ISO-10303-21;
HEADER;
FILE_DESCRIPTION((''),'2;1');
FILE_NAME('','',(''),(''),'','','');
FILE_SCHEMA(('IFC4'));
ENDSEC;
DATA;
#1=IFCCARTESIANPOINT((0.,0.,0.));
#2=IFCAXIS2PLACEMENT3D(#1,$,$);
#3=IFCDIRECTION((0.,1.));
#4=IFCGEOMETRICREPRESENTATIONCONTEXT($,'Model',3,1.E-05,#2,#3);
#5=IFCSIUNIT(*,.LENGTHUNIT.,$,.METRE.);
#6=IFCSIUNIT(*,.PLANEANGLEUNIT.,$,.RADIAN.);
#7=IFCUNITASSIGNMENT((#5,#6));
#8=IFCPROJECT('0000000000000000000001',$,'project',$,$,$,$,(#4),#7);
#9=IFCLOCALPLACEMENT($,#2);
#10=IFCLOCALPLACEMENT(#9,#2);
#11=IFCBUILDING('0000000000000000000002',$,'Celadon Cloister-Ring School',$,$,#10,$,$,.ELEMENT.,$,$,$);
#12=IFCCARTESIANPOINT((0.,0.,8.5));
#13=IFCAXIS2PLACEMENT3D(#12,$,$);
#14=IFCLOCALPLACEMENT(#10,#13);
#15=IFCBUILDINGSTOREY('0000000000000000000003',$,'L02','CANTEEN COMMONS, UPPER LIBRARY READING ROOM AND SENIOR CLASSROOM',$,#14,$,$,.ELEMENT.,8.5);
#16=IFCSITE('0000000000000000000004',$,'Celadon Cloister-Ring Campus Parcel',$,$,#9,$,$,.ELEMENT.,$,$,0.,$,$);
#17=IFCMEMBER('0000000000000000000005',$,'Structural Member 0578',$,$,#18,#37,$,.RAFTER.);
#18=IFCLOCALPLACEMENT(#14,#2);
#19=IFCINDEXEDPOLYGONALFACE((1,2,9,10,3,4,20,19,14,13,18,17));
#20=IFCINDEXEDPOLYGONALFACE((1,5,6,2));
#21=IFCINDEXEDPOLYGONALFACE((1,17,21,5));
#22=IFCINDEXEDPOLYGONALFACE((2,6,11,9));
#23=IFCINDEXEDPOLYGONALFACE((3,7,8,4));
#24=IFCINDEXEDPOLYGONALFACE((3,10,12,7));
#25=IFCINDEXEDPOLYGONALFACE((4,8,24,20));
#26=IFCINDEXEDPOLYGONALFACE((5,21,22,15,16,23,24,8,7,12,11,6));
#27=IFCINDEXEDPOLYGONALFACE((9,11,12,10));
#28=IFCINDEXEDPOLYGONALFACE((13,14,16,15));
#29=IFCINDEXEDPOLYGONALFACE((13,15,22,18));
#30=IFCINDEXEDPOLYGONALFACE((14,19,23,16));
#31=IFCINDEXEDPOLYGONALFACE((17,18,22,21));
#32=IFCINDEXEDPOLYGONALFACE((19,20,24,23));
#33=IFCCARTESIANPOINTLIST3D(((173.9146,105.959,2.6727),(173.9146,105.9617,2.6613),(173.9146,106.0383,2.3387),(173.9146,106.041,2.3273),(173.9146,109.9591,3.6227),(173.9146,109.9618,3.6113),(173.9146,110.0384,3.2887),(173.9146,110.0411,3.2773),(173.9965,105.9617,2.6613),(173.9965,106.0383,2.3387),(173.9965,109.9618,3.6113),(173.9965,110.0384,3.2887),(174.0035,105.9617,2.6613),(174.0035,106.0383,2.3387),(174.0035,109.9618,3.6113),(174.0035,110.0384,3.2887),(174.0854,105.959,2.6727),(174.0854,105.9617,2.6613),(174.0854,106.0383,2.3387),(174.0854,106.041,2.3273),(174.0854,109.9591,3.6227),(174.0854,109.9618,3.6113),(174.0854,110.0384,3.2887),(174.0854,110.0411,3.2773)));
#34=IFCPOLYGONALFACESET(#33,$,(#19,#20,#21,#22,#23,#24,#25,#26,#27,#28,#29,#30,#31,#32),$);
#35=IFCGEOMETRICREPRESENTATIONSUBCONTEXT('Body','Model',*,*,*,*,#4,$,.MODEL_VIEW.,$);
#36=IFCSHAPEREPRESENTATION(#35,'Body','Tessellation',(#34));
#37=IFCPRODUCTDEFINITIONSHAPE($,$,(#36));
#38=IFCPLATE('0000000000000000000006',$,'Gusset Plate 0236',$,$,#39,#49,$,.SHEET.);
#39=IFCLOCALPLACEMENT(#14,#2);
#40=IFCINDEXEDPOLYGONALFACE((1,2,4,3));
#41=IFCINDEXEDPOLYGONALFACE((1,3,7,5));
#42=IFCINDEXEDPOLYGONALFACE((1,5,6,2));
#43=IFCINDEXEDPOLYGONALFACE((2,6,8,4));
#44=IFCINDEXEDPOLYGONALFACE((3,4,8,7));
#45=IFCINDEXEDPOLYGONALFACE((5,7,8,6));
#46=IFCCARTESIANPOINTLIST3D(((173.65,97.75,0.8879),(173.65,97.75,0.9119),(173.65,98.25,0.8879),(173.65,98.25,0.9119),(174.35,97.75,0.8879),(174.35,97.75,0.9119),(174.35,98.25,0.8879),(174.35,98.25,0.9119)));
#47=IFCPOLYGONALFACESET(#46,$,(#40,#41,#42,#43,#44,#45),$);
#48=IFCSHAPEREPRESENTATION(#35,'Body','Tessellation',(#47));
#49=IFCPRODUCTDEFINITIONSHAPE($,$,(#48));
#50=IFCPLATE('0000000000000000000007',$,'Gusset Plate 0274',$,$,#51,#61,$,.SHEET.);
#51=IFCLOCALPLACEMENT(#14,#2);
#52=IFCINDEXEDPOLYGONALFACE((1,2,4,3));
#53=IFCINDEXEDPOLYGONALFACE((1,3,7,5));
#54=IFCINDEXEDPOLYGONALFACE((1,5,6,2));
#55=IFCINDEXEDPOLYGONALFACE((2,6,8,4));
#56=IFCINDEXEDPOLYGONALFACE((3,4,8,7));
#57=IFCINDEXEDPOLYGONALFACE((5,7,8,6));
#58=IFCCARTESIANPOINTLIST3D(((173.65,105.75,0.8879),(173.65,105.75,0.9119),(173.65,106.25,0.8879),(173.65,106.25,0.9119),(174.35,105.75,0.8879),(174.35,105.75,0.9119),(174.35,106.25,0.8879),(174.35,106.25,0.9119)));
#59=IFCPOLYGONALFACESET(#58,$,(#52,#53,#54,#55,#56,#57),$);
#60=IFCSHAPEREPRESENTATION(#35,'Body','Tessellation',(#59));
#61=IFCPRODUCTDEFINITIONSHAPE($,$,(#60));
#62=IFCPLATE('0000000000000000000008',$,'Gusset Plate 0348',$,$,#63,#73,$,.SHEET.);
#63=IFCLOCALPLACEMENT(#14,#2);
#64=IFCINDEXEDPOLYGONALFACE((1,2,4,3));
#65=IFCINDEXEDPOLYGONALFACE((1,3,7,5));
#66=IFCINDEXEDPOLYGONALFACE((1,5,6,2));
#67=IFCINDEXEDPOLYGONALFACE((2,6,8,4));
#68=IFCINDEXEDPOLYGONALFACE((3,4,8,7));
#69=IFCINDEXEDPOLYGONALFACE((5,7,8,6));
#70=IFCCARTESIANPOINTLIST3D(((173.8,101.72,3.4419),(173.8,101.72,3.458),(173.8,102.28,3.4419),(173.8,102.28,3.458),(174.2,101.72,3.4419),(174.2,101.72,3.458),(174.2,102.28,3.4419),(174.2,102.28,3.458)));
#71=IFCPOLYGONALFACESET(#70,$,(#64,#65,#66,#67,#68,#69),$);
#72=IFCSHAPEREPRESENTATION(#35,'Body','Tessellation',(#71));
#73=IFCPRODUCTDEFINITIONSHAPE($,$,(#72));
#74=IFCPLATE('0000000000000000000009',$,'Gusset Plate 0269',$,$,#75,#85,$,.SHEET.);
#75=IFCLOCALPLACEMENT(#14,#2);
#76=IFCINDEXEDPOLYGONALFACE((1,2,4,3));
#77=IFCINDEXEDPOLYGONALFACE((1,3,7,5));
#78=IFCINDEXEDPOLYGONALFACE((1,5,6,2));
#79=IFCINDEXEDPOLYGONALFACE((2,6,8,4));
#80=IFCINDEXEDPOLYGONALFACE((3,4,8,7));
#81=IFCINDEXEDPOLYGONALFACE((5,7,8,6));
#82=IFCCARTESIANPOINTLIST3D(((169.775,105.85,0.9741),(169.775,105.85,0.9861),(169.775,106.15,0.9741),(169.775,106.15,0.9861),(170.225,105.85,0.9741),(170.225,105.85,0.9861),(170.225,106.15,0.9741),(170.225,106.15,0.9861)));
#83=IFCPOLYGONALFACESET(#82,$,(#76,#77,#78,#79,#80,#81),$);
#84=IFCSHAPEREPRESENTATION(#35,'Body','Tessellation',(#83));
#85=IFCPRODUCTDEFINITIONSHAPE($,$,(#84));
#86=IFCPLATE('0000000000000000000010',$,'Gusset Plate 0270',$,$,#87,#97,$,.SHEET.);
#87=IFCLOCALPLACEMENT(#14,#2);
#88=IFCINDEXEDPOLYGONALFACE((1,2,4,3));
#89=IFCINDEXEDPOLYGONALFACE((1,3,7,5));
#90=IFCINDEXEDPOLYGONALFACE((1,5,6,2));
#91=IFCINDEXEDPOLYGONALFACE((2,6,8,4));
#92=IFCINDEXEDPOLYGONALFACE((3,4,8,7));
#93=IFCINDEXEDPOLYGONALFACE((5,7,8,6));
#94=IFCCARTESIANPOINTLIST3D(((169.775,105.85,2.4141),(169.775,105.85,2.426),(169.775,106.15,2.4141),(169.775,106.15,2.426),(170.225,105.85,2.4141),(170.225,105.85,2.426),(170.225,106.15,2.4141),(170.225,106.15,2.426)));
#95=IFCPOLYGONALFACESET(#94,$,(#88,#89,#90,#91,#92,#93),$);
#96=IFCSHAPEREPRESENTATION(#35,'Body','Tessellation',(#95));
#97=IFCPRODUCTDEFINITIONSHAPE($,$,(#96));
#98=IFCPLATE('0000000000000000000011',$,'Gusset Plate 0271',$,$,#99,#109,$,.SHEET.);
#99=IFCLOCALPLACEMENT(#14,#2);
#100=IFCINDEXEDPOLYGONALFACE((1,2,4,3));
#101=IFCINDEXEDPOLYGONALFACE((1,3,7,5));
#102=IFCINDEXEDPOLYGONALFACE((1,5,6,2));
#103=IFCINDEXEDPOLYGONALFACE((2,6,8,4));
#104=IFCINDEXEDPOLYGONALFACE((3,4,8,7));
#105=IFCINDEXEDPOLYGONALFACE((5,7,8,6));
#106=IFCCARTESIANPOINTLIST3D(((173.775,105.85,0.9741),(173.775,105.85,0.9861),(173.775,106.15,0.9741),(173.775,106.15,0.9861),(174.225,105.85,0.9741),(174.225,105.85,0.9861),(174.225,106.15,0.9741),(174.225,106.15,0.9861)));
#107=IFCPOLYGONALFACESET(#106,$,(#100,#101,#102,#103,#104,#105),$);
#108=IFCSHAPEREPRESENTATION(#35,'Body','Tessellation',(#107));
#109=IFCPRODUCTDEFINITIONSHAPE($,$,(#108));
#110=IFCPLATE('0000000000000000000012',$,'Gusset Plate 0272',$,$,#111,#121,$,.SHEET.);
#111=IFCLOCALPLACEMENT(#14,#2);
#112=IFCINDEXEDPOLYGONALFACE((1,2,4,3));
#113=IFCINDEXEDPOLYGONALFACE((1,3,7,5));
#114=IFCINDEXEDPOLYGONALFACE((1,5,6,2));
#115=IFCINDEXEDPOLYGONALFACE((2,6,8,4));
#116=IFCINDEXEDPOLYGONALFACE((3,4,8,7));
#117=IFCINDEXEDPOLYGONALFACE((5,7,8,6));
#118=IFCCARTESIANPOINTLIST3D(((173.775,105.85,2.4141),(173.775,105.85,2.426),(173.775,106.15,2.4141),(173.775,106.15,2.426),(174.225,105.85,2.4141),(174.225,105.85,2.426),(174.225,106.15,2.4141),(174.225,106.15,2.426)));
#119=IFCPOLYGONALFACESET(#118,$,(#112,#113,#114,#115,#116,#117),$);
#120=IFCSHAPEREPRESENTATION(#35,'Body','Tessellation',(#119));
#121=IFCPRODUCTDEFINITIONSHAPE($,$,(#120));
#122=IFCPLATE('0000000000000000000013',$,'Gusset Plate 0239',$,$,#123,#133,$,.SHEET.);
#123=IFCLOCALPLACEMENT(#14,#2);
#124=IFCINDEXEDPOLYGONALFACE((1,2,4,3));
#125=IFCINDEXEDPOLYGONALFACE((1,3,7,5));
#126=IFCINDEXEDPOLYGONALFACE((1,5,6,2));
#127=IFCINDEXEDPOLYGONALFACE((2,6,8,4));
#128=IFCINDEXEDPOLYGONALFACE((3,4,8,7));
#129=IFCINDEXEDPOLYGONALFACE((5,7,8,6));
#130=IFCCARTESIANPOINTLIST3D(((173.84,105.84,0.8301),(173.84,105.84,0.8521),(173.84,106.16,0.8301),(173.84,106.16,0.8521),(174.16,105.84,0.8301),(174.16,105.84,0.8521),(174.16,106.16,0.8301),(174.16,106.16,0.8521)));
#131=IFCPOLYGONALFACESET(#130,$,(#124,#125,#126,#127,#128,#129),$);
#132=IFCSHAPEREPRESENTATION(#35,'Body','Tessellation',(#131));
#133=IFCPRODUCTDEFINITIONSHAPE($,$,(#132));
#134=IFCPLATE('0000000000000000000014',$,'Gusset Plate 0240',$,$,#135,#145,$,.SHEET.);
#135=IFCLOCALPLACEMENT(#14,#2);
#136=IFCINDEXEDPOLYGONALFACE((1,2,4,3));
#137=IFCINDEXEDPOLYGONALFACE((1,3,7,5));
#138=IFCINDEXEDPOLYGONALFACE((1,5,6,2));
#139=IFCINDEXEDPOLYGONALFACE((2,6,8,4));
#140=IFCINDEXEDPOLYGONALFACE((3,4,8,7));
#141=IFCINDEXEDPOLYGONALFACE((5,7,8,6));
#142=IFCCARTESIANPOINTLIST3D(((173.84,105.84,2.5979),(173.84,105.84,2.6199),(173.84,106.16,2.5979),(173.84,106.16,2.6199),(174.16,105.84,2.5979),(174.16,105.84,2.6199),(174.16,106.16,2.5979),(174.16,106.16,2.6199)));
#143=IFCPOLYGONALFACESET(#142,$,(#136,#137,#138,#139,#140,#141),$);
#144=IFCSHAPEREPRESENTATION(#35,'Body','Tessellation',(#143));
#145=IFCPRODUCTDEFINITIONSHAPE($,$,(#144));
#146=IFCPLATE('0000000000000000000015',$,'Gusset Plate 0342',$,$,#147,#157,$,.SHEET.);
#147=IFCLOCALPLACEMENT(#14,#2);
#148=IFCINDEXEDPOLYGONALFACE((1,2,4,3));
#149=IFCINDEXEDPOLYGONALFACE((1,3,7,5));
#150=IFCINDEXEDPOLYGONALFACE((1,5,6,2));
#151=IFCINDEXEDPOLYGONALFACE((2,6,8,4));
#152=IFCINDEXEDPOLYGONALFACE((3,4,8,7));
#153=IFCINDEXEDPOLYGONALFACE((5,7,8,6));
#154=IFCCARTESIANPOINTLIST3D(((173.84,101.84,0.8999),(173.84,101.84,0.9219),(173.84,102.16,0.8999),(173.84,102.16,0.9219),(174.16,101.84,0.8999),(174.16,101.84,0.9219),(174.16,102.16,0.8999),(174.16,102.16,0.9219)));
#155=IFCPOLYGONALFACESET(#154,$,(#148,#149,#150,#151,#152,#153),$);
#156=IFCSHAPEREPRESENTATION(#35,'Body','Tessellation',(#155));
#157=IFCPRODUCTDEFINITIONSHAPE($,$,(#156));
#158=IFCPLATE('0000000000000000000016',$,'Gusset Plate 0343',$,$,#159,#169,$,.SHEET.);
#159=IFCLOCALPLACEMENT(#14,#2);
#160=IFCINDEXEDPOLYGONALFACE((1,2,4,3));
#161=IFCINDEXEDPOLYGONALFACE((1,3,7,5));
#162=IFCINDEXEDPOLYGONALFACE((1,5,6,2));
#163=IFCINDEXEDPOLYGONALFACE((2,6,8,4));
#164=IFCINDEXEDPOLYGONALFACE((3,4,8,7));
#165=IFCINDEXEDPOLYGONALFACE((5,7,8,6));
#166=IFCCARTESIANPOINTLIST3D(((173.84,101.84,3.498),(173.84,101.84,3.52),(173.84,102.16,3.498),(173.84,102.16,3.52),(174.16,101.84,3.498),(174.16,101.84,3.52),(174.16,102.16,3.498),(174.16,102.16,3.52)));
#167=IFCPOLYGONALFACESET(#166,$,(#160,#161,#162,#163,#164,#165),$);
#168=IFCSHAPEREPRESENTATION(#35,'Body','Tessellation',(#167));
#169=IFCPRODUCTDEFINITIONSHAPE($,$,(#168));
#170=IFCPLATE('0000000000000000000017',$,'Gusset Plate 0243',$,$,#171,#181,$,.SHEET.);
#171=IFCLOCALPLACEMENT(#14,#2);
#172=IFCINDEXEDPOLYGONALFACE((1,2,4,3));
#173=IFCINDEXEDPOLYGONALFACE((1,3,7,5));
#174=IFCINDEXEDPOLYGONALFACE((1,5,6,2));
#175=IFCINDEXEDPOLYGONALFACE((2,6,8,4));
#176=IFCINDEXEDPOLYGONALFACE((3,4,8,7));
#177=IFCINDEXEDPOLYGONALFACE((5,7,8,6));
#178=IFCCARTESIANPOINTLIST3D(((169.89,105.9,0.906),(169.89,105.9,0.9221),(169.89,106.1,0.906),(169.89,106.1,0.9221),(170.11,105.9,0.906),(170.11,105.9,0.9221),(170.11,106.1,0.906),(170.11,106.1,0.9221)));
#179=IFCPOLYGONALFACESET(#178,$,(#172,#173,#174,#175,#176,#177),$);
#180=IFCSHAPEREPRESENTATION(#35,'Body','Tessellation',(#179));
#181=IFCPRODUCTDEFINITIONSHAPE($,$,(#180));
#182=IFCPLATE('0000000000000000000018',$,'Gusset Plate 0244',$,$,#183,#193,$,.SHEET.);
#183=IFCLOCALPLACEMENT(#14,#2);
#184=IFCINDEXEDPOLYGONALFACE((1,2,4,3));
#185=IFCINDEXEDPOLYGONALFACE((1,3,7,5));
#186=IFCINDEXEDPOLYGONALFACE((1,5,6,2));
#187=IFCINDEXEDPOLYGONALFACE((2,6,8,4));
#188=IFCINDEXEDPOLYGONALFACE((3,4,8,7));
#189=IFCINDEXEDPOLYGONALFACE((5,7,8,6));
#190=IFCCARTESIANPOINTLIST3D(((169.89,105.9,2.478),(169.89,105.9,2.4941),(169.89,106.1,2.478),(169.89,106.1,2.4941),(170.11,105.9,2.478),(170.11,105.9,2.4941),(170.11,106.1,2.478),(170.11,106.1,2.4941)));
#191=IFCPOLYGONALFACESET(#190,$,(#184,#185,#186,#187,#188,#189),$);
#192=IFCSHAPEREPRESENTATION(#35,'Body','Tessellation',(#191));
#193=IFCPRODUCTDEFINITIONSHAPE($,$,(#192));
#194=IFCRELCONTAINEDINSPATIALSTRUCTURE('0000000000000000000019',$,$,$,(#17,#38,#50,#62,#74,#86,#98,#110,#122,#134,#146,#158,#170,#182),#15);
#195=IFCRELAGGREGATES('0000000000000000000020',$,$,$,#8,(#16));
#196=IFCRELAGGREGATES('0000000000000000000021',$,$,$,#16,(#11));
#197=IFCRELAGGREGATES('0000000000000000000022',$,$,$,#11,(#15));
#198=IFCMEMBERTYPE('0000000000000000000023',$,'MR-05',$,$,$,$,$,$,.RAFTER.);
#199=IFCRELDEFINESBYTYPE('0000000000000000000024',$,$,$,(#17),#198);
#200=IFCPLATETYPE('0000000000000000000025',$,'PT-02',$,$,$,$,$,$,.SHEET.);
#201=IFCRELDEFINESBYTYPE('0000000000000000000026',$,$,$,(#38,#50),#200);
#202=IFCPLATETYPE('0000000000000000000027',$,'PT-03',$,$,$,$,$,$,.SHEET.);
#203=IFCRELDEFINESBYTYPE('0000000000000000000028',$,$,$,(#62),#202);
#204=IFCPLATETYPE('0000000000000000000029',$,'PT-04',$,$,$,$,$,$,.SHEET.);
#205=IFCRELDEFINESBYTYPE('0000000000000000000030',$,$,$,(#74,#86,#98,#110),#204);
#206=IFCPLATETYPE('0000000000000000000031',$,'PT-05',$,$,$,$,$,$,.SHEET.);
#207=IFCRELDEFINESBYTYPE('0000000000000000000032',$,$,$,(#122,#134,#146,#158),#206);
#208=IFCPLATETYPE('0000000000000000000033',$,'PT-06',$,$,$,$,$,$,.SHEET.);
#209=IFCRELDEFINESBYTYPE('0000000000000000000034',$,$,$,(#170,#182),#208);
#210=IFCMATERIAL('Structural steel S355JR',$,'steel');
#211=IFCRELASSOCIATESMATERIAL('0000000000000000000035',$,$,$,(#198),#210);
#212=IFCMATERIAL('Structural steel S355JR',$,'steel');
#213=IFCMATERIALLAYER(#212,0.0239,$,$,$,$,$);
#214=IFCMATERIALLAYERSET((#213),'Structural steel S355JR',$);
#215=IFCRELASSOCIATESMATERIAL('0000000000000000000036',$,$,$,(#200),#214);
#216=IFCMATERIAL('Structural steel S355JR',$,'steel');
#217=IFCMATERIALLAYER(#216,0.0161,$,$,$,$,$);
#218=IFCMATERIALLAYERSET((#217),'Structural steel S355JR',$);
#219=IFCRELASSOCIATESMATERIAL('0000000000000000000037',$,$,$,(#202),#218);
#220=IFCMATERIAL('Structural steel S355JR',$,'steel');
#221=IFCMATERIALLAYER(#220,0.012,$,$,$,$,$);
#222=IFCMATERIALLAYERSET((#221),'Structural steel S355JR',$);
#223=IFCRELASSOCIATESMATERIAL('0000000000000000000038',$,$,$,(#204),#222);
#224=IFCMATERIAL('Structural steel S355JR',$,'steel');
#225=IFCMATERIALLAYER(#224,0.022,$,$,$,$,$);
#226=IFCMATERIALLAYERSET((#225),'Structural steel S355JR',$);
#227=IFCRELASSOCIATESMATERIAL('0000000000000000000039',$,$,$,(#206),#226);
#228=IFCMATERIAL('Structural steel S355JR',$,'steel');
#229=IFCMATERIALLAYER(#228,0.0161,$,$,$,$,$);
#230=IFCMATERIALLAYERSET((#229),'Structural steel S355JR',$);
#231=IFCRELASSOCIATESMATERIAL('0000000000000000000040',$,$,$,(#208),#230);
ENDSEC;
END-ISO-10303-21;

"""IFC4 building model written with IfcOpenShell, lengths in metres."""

from ifc_helpers import new_model, si_unit, direction, frame, origin, origin_2d, place, context, subcontext, project, spatial, rectangle, i_section, extrude, material, layer, layer_set, material_profile, profile_set, type_object, element, save


model = new_model("IFC4")

# Units and contexts
model_context = context("Model", 3, precision=1e-05, world=origin(), true_north=direction((0.0, 1.0)))
body_context = subcontext(model_context, "Body", "Model", "MODEL_VIEW")
ifc_project = project(units=[si_unit("LENGTHUNIT", "METRE"), si_unit("PLANEANGLEUNIT", "RADIAN")], contexts=[model_context])

# Site, building, storey
site_placement = place(None, origin())
site = spatial("IfcSite", under=ifc_project, at=site_placement, Name="Celadon Cloister-Ring Campus Parcel", CompositionType="ELEMENT", RefElevation=0.0)
building_placement = place(site_placement, origin())
building = spatial("IfcBuilding", under=site, at=building_placement, Name="Celadon Cloister-Ring School", CompositionType="ELEMENT")
storey_placement = place(building_placement, frame((0.0, 0.0, 8.5)))
storey = spatial("IfcBuildingStorey", under=building, at=storey_placement, Name="L02", Description="CANTEEN COMMONS, UPPER LIBRARY READING ROOM AND SENIOR CLASSROOM", CompositionType="ELEMENT", Elevation=8.5)

# Member
ifc_material_1 = material(Name="Structural steel S355JR", Category="steel")
ifc_material_profile_1 = material_profile(ifc_material_1, i_section(OverallWidth=0.1709, OverallDepth=0.355, WebThickness=0.0071, FlangeThickness=0.0117, at=origin_2d()), Name="W360X51")
ifc_profile_set_1 = profile_set([ifc_material_profile_1], Name="Structural steel S355JR")
member_type_1 = type_object("IfcMemberType", Name="MR-05", PredefinedType="RAFTER", material=ifc_profile_set_1)
for number, where, z_axis, x_axis, name in (
    (1, (174.0, 106.0, 2.5), (0.0, 0.972939, 0.231061), (-1.0, 0.0, 0.0), "Structural Member 0578"),
):
    element("IfcMember", number, at=place(storey_placement, frame(where, z_axis=z_axis, x_axis=x_axis)), inside=storey, type_object=member_type_1, Name=name, PredefinedType="RAFTER", context=body_context, shape_type="SweptSolid", body=[
        extrude(i_section(OverallWidth=0.1709, OverallDepth=0.355, WebThickness=0.0071, FlangeThickness=0.0117, at=origin_2d()), origin(), (0.0, 0.0, 1.0), 4.1113),
    ])

# Plates
ifc_material_2 = material(Name="Structural steel S355JR", Category="steel")
ifc_layer_1 = layer(ifc_material_2, 0.0239)
ifc_layer_set_1 = layer_set([ifc_layer_1], Name="Structural steel S355JR")
plate_type_1 = type_object("IfcPlateType", Name="PT-02", PredefinedType="SHEET", material=ifc_layer_set_1)
for number, where, z_axis, x_axis, name in (
    (2, (174.0, 98.0, 0.8879), (0.0, 0.0, 1.0), (1.0, 0.0, 0.0), "Gusset Plate 0236"),
    (3, (174.0, 106.0, 0.8879), (0.0, 0.0, 1.0), (1.0, 0.0, 0.0), "Gusset Plate 0274"),
):
    element("IfcPlate", number, at=place(storey_placement, frame(where, z_axis=z_axis, x_axis=x_axis)), inside=storey, type_object=plate_type_1, Name=name, PredefinedType="SHEET", context=body_context, shape_type="SweptSolid", body=[
        extrude(rectangle(XDim=0.7, YDim=0.5, at=origin_2d()), origin(), (0.0, 0.0, 1.0), 0.0239),
    ])
ifc_material_3 = material(Name="Structural steel S355JR", Category="steel")
ifc_layer_2 = layer(ifc_material_3, 0.0161)
ifc_layer_set_2 = layer_set([ifc_layer_2], Name="Structural steel S355JR")
plate_type_2 = type_object("IfcPlateType", Name="PT-03", PredefinedType="SHEET", material=ifc_layer_set_2)
plate_placement = place(storey_placement, frame((174.0, 102.0, 3.4419), z_axis=(0.0, 0.0, 1.0), x_axis=(0.0, 1.0, 0.0)))
element("IfcPlate", 4, at=plate_placement, inside=storey, type_object=plate_type_2, Name="Gusset Plate 0348", PredefinedType="SHEET", context=body_context, shape_type="SweptSolid", body=[
    extrude(rectangle(XDim=0.5601, YDim=0.3999, at=origin_2d()), origin(), (0.0, 0.0, 1.0), 0.0161),
])
ifc_material_4 = material(Name="Structural steel S355JR", Category="steel")
ifc_layer_3 = layer(ifc_material_4, 0.012)
ifc_layer_set_3 = layer_set([ifc_layer_3], Name="Structural steel S355JR")
plate_type_3 = type_object("IfcPlateType", Name="PT-04", PredefinedType="SHEET", material=ifc_layer_set_3)
for number, where, z_axis, x_axis, name in (
    (5, (170.0, 106.0, 0.9741), (0.0, 0.0, 1.0), (1.0, 0.0, 0.0), "Gusset Plate 0269"),
    (6, (170.0, 106.0, 2.4141), (0.0, 0.0, 1.0), (1.0, 0.0, 0.0), "Gusset Plate 0270"),
    (7, (174.0, 106.0, 0.9741), (0.0, 0.0, 1.0), (1.0, 0.0, 0.0), "Gusset Plate 0271"),
    (8, (174.0, 106.0, 2.4141), (0.0, 0.0, 1.0), (1.0, 0.0, 0.0), "Gusset Plate 0272"),
):
    element("IfcPlate", number, at=place(storey_placement, frame(where, z_axis=z_axis, x_axis=x_axis)), inside=storey, type_object=plate_type_3, Name=name, PredefinedType="SHEET", context=body_context, shape_type="SweptSolid", body=[
        extrude(rectangle(XDim=0.45, YDim=0.3, at=origin_2d()), origin(), (0.0, 0.0, 1.0), 0.012),
    ])
ifc_material_5 = material(Name="Structural steel S355JR", Category="steel")
ifc_layer_4 = layer(ifc_material_5, 0.022)
ifc_layer_set_4 = layer_set([ifc_layer_4], Name="Structural steel S355JR")
plate_type_4 = type_object("IfcPlateType", Name="PT-05", PredefinedType="SHEET", material=ifc_layer_set_4)
for number, where, z_axis, x_axis, name in (
    (9, (174.0, 106.0, 0.8301), (0.0, 0.0, 1.0), (1.0, 0.0, 0.0), "Gusset Plate 0239"),
    (10, (174.0, 106.0, 2.5979), (0.0, 0.0, 1.0), (1.0, 0.0, 0.0), "Gusset Plate 0240"),
    (11, (174.0, 102.0, 0.8999), (0.0, 0.0, 1.0), (1.0, 0.0, 0.0), "Gusset Plate 0342"),
    (12, (174.0, 102.0, 3.498), (0.0, 0.0, 1.0), (1.0, 0.0, 0.0), "Gusset Plate 0343"),
):
    element("IfcPlate", number, at=place(storey_placement, frame(where, z_axis=z_axis, x_axis=x_axis)), inside=storey, type_object=plate_type_4, Name=name, PredefinedType="SHEET", context=body_context, shape_type="SweptSolid", body=[
        extrude(rectangle(XDim=0.3201, YDim=0.3201, at=origin_2d()), origin(), (0.0, 0.0, 1.0), 0.022),
    ])
ifc_material_6 = material(Name="Structural steel S355JR", Category="steel")
ifc_layer_5 = layer(ifc_material_6, 0.0161)
ifc_layer_set_5 = layer_set([ifc_layer_5], Name="Structural steel S355JR")
plate_type_5 = type_object("IfcPlateType", Name="PT-06", PredefinedType="SHEET", material=ifc_layer_set_5)
for number, where, z_axis, x_axis, name in (
    (13, (170.0, 106.0, 0.906), (0.0, 0.0, 1.0), (1.0, 0.0, 0.0), "Gusset Plate 0243"),
    (14, (170.0, 106.0, 2.478), (0.0, 0.0, 1.0), (1.0, 0.0, 0.0), "Gusset Plate 0244"),
):
    element("IfcPlate", number, at=place(storey_placement, frame(where, z_axis=z_axis, x_axis=x_axis)), inside=storey, type_object=plate_type_5, Name=name, PredefinedType="SHEET", context=body_context, shape_type="SweptSolid", body=[
        extrude(rectangle(XDim=0.22, YDim=0.2, at=origin_2d()), origin(), (0.0, 0.0, 1.0), 0.0161),
    ])

save(model, "model.ifc")
